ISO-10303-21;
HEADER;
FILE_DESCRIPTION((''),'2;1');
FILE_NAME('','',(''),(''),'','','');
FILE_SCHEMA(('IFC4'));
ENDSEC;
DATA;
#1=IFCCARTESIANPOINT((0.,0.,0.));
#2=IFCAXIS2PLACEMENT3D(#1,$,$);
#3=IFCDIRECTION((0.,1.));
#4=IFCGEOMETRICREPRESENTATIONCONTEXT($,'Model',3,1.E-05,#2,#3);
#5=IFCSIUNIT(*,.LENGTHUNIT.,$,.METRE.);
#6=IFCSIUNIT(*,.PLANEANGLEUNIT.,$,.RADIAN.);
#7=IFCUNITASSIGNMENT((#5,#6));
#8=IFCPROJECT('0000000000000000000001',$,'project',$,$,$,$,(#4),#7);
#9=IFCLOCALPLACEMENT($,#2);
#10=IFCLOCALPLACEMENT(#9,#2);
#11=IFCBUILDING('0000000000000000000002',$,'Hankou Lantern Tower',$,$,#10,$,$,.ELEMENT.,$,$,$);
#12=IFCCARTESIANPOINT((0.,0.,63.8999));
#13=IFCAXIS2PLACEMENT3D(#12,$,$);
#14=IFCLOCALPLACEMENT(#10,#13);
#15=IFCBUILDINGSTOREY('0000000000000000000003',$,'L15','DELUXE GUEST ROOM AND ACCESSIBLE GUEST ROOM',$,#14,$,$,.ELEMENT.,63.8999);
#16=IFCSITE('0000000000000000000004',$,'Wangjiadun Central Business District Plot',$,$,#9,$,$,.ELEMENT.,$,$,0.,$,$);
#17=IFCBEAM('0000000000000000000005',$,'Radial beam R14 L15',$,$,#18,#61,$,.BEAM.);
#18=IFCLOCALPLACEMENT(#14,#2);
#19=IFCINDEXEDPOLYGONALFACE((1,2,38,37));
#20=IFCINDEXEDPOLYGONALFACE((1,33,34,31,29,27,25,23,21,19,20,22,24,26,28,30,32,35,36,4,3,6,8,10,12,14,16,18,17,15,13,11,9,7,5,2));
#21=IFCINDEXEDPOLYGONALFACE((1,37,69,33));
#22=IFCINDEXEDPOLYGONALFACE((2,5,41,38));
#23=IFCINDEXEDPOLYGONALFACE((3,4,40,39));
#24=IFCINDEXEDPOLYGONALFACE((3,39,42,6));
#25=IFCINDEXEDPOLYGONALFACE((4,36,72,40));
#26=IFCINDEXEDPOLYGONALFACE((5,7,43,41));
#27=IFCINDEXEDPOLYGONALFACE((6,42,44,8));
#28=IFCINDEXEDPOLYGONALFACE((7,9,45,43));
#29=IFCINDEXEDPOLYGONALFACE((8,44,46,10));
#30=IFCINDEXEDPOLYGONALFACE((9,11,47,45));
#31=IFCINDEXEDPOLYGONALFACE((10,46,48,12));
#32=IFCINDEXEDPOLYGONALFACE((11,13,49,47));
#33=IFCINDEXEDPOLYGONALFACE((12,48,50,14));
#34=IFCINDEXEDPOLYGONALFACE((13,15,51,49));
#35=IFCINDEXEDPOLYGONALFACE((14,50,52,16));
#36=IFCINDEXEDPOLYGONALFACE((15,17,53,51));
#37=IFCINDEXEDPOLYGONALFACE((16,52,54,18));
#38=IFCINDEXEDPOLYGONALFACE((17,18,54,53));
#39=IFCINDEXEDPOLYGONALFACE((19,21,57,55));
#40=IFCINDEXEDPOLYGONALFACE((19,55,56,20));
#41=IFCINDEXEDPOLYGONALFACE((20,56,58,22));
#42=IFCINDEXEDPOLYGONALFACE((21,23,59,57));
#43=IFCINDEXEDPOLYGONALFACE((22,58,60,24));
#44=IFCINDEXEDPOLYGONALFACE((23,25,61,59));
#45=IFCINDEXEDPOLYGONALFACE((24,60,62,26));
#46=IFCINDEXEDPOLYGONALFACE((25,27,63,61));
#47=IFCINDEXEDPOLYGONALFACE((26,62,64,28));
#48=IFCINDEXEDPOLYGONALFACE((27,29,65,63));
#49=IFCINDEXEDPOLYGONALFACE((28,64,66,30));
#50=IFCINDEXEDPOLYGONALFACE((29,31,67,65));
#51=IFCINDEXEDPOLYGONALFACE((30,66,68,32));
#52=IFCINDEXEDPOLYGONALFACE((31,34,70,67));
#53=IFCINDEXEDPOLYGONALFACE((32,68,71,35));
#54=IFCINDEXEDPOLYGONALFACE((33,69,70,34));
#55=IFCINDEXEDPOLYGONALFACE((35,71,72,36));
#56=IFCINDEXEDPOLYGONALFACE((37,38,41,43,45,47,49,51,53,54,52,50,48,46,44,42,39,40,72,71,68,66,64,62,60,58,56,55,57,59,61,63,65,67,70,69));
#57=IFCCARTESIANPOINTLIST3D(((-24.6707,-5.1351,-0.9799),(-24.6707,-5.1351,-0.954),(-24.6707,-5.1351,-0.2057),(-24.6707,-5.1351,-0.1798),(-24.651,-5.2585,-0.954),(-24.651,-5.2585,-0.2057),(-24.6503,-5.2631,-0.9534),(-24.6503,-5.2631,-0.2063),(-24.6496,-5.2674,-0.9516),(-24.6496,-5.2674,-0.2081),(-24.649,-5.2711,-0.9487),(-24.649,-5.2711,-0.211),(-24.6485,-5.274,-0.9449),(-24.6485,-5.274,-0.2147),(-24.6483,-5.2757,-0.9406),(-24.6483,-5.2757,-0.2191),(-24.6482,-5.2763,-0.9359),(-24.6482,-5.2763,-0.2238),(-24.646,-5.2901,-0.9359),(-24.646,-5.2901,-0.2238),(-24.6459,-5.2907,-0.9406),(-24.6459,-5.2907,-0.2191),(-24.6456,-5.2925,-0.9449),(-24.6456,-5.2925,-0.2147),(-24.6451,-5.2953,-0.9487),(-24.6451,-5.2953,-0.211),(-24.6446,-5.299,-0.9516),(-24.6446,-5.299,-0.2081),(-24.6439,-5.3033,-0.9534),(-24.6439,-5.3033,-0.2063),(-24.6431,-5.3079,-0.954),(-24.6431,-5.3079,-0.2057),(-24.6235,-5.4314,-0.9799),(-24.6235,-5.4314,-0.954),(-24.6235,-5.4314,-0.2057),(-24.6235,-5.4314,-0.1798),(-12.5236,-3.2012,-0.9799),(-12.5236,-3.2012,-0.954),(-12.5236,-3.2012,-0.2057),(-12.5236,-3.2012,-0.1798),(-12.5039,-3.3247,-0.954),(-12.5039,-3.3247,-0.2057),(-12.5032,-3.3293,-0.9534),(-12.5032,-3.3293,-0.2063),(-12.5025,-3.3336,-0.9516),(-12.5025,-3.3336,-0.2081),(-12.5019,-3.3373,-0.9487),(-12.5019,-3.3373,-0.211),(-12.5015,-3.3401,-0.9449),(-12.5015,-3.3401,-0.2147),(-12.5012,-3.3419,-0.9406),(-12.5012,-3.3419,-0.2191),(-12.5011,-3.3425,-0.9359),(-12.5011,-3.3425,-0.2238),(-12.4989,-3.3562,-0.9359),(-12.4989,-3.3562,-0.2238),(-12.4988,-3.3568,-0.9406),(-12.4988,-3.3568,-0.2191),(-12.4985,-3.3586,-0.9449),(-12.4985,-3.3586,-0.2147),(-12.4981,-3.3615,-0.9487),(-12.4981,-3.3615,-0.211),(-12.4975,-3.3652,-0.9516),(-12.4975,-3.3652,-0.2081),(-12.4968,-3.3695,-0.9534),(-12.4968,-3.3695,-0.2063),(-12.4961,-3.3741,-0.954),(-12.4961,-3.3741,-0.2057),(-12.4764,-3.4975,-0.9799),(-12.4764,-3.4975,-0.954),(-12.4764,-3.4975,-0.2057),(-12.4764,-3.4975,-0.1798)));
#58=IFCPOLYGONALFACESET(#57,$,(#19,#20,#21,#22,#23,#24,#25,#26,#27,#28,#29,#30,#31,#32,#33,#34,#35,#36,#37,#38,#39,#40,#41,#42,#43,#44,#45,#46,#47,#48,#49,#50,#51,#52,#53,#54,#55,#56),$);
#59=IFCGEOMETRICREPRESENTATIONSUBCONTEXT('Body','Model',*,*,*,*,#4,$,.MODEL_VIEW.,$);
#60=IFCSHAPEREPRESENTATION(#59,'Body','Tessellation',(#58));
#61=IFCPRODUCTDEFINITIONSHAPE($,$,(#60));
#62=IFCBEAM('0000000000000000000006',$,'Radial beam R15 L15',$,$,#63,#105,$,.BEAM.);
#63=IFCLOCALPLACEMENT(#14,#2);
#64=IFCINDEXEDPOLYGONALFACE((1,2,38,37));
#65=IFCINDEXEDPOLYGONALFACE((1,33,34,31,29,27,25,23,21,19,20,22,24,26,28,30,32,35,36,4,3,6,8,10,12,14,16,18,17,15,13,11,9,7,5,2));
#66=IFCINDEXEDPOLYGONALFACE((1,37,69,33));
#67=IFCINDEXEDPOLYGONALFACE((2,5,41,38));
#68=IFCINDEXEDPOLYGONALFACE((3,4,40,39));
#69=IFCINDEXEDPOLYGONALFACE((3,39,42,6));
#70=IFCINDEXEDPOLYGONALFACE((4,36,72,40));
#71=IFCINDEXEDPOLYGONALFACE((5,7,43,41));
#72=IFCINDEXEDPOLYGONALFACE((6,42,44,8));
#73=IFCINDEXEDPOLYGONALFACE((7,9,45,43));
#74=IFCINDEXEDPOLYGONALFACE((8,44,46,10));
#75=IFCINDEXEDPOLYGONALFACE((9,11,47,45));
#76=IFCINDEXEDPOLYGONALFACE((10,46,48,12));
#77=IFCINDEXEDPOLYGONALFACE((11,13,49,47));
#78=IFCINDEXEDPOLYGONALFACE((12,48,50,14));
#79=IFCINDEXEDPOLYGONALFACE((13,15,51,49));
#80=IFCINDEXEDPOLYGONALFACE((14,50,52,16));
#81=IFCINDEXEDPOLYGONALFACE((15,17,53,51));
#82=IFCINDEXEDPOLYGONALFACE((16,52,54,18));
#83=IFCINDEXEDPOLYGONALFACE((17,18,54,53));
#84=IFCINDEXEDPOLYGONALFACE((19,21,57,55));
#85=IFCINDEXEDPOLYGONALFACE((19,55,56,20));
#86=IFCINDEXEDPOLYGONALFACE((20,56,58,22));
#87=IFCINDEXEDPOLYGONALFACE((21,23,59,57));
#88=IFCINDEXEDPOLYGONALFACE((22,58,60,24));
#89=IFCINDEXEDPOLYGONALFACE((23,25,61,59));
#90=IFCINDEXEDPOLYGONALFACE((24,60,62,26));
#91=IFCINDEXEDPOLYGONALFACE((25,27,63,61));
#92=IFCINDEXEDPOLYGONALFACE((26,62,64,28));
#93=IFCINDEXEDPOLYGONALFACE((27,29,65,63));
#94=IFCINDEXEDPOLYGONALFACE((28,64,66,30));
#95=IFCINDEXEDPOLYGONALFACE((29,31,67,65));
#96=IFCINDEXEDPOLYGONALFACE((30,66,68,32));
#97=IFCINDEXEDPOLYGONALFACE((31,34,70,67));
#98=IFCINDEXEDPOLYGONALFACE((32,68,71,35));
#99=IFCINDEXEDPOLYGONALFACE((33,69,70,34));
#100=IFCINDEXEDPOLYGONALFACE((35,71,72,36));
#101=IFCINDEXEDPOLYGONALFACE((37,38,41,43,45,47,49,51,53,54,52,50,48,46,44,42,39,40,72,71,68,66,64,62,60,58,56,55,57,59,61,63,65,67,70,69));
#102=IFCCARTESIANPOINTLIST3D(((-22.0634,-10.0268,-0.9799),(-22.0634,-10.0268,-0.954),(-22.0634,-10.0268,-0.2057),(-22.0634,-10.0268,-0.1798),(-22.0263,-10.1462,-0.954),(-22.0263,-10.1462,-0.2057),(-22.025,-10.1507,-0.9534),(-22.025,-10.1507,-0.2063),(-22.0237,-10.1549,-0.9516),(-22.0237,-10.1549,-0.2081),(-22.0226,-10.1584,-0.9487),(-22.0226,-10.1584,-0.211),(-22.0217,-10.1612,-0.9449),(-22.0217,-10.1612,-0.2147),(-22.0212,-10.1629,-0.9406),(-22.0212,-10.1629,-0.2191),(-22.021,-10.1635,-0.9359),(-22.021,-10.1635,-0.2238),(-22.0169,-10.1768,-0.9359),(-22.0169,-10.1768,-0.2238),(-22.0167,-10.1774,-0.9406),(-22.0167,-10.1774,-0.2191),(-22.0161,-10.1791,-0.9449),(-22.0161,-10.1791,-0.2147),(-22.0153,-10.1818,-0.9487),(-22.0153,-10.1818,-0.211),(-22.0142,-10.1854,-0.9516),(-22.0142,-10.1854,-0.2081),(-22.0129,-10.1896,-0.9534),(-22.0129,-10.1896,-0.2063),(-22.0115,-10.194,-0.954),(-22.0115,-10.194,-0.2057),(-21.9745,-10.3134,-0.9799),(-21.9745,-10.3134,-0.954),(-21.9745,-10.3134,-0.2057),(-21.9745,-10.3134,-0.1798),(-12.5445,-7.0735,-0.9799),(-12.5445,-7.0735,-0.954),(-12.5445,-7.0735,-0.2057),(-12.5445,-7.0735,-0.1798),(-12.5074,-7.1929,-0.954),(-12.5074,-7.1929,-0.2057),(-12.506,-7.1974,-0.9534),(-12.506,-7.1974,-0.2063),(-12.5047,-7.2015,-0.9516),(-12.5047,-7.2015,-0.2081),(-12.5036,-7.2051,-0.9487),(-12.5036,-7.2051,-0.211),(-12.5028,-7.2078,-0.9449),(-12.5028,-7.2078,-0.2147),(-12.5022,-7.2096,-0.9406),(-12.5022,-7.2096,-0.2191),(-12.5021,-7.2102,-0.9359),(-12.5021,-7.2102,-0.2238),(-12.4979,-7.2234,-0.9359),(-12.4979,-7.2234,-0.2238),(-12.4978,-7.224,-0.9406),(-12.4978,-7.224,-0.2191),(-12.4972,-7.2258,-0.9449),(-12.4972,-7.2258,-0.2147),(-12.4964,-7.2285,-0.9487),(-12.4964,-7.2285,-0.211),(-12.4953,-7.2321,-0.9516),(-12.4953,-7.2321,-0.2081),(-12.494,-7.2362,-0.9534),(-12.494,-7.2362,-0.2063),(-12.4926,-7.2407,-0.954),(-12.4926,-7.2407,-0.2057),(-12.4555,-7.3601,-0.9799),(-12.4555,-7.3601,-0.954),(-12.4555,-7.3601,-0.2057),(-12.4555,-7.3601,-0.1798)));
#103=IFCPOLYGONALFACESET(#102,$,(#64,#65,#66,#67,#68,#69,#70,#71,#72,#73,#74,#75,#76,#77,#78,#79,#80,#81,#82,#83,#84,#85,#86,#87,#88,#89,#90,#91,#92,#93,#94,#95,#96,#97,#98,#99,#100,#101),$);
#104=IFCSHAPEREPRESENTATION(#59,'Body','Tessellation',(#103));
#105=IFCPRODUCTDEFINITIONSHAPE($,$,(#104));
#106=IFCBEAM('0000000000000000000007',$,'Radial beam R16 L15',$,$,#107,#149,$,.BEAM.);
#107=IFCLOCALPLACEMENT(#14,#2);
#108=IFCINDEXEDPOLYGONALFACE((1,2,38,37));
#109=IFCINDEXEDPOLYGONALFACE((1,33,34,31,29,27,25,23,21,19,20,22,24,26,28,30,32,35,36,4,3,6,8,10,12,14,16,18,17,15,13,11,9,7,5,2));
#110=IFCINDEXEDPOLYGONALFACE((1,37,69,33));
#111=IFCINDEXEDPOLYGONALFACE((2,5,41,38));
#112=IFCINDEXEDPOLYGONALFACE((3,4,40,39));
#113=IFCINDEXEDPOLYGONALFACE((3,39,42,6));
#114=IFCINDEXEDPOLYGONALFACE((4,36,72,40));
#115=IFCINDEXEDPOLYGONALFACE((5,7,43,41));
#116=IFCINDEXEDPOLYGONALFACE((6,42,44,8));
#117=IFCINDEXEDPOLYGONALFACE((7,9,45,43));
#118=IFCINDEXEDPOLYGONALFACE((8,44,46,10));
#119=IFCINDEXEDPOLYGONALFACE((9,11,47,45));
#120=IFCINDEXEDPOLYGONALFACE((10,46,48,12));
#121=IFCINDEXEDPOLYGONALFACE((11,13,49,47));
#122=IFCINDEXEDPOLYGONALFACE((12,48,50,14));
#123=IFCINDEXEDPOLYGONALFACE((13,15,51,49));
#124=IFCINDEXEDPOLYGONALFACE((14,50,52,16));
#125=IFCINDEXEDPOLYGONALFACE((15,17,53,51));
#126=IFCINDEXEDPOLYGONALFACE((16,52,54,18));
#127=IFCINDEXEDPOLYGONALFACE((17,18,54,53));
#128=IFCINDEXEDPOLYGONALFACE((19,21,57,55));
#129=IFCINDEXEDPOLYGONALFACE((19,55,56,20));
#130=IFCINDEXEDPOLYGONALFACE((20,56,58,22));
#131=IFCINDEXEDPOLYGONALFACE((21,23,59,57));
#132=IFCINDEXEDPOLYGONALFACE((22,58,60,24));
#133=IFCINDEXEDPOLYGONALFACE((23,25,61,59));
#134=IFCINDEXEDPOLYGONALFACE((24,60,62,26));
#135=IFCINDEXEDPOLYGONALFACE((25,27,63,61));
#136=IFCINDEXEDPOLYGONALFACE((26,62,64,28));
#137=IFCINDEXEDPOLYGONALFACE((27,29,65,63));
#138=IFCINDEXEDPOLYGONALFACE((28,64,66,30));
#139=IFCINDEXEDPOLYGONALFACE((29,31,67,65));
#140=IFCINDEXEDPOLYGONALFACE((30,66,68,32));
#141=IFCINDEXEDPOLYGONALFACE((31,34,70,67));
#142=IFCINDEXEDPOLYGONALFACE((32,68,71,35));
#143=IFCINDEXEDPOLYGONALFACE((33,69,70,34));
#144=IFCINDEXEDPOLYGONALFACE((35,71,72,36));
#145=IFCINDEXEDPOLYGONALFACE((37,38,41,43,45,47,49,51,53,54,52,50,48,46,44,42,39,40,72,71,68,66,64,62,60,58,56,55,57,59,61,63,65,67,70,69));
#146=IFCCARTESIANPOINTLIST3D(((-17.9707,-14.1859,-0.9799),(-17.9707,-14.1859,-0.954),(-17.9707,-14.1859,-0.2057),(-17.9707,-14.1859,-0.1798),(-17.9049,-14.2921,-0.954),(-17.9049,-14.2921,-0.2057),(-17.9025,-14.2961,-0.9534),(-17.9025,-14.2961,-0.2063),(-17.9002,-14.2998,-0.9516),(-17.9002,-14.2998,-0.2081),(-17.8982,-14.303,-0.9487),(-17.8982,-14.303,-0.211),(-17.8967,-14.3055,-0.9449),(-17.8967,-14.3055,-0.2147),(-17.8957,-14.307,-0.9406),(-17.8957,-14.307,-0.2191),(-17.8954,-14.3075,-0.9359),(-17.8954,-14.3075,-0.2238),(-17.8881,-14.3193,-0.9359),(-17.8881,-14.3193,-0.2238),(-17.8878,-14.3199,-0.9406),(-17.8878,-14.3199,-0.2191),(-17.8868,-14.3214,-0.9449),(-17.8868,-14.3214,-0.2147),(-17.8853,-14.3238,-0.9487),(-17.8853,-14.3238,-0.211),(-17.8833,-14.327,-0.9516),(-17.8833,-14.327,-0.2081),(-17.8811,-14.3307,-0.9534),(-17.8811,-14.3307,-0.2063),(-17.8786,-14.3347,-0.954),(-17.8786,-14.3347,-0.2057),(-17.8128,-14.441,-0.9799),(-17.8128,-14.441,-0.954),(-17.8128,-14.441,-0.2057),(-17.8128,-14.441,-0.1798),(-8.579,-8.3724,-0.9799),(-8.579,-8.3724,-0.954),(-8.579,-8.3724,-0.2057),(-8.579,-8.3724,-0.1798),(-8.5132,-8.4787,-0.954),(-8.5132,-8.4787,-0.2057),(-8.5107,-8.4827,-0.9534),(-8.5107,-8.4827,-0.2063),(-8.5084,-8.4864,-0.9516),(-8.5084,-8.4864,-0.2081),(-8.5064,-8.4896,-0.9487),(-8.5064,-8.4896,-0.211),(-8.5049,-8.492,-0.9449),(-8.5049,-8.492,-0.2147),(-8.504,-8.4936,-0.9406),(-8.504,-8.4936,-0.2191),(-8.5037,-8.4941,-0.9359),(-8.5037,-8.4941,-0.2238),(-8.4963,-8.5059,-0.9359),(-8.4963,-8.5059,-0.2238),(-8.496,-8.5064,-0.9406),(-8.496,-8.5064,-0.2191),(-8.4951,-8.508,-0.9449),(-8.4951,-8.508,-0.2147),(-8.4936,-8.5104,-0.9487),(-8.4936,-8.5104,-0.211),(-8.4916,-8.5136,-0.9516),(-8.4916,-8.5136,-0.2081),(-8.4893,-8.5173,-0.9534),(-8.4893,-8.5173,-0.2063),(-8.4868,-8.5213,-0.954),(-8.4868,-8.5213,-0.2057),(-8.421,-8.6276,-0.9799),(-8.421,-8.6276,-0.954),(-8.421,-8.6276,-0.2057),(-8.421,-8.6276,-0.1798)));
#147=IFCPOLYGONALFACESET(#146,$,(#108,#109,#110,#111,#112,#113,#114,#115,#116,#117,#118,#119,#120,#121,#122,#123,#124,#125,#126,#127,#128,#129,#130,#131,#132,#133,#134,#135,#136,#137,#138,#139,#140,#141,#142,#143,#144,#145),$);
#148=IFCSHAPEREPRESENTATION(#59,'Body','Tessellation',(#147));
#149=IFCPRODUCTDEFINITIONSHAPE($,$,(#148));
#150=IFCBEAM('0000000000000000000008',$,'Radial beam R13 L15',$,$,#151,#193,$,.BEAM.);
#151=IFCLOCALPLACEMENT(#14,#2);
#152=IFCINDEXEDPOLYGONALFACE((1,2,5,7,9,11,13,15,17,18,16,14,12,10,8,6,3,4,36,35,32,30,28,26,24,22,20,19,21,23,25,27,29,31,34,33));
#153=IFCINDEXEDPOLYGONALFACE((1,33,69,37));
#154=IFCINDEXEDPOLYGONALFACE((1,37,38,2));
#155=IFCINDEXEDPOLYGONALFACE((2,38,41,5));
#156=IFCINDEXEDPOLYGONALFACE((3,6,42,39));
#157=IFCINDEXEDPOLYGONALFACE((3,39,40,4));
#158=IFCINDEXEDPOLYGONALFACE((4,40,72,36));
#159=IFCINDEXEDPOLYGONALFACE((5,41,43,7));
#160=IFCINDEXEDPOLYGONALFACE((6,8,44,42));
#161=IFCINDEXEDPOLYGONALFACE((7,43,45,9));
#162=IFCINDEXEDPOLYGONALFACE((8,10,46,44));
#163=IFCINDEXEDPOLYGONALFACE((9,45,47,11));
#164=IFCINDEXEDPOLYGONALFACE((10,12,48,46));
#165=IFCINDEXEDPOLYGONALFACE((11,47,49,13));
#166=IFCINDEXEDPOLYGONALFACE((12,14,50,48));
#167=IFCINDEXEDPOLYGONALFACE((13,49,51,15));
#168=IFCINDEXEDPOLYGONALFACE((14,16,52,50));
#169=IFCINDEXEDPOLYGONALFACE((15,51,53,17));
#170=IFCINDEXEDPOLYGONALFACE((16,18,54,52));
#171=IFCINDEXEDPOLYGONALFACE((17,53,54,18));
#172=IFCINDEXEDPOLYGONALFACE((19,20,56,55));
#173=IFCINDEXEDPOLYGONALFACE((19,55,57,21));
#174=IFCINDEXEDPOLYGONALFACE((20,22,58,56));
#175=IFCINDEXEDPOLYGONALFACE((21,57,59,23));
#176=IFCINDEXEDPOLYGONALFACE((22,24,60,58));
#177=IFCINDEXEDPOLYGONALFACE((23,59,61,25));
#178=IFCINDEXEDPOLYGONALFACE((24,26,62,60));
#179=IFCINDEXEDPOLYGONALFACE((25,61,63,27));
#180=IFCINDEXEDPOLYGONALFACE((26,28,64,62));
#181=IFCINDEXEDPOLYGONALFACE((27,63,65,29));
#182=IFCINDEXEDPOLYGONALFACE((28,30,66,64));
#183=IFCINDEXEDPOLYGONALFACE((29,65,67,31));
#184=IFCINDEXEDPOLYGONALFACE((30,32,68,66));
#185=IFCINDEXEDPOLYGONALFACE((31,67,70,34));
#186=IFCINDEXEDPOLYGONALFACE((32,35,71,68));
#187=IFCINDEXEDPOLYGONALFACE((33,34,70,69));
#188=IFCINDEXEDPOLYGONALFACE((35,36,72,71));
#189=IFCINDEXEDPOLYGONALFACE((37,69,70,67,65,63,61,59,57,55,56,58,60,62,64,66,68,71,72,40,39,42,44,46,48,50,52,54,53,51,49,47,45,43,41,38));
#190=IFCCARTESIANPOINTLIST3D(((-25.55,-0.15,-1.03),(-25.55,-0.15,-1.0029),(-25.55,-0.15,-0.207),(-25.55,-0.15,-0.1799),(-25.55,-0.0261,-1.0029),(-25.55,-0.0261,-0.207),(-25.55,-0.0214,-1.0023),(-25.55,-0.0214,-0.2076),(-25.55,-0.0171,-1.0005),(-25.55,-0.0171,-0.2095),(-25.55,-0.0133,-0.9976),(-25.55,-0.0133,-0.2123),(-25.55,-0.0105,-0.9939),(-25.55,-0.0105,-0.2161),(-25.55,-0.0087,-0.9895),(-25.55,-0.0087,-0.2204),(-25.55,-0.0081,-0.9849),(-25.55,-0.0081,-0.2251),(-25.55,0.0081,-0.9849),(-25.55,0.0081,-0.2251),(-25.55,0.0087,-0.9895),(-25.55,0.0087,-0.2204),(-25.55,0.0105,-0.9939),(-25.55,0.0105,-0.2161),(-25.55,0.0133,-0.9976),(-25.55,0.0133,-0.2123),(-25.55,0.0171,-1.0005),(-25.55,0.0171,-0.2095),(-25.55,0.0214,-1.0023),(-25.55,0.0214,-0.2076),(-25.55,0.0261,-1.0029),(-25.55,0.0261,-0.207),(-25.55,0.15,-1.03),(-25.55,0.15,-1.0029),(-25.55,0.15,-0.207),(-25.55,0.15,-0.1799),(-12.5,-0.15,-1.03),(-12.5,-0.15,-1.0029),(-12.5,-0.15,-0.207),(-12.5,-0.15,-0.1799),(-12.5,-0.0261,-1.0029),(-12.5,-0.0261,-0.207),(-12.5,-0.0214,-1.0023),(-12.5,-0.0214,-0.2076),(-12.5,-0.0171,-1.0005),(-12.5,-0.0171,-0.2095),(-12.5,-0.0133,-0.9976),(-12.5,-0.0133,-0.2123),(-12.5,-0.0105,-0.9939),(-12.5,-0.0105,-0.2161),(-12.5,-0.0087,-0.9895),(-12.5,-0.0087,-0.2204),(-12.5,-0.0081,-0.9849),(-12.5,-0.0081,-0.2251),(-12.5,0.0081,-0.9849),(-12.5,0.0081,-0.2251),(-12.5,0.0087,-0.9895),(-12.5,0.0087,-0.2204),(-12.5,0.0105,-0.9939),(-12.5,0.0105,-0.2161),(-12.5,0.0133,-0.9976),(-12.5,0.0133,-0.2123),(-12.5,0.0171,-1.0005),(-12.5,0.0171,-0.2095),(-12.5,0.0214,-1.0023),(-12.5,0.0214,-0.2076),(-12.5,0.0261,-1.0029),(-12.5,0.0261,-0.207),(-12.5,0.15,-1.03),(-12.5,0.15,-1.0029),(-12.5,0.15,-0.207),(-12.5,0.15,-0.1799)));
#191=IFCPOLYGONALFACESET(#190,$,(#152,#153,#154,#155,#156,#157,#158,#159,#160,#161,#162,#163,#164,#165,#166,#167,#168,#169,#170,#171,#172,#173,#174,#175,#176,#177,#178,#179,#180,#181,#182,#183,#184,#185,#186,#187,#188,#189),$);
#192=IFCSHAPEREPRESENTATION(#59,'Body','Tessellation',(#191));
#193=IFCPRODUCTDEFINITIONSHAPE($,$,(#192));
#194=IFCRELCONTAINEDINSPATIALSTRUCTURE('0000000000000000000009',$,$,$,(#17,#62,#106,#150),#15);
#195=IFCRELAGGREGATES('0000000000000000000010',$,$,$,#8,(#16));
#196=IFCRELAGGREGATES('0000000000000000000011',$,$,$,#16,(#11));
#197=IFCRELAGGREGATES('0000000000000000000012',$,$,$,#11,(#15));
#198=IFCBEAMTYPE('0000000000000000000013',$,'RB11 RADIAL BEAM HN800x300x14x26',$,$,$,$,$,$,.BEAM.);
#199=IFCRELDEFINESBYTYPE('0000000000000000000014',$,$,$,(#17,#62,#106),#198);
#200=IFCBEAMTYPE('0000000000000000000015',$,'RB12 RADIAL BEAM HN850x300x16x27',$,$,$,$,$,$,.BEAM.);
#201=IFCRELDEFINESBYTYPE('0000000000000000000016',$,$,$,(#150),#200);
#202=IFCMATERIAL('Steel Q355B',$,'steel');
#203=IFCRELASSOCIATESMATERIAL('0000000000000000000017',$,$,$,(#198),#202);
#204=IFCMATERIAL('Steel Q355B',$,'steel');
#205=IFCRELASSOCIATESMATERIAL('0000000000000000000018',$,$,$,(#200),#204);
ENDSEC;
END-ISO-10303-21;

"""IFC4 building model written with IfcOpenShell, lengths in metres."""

from ifc_helpers import new_model, si_unit, direction, frame, origin, origin_2d, place, context, subcontext, project, spatial, i_section, extrude, material, material_profile, profile_set, type_object, element, save


model = new_model("IFC4")

# Units and contexts
model_context = context("Model", 3, precision=1e-05, world=origin(), true_north=direction((0.0, 1.0)))
body_context = subcontext(model_context, "Body", "Model", "MODEL_VIEW")
ifc_project = project(units=[si_unit("LENGTHUNIT", "METRE"), si_unit("PLANEANGLEUNIT", "RADIAN")], contexts=[model_context])

# Site, building, storey
site_placement = place(None, origin())
site = spatial("IfcSite", under=ifc_project, at=site_placement, Name="Wangjiadun Central Business District Plot", CompositionType="ELEMENT", RefElevation=0.0)
building_placement = place(site_placement, origin())
building = spatial("IfcBuilding", under=site, at=building_placement, Name="Hankou Lantern Tower", CompositionType="ELEMENT")
storey_placement = place(building_placement, frame((0.0, 0.0, 63.8999)))
storey = spatial("IfcBuildingStorey", under=building, at=storey_placement, Name="L15", Description="DELUXE GUEST ROOM AND ACCESSIBLE GUEST ROOM", CompositionType="ELEMENT", Elevation=63.8999)

# Beams
ifc_material_1 = material(Name="Steel Q355B", Category="steel")
ifc_material_profile_1 = material_profile(ifc_material_1, i_section(OverallWidth=0.3, OverallDepth=0.8, WebThickness=0.0139, FlangeThickness=0.0259, FilletRadius=0.0181, at=origin_2d()), Name="HN800x300x14x26")
ifc_profile_set_1 = profile_set([ifc_material_profile_1], Name="Steel Q355B")
beam_type_1 = type_object("IfcBeamType", Name="RB11 RADIAL BEAM HN800x300x14x26", PredefinedType="BEAM", material=ifc_profile_set_1)
beam_1_placement = place(storey_placement, frame((-12.5, -3.3494, -0.5798), z_axis=(-0.987563, -0.157223, 0.0), x_axis=(0.157223, -0.987563, 0.0)))
element("IfcBeam", 1, at=beam_1_placement, inside=storey, type_object=beam_type_1, Name="Radial beam R14 L15", PredefinedType="BEAM", context=body_context, shape_type="SweptSolid", body=[
    extrude(i_section(OverallWidth=0.3, OverallDepth=0.8, WebThickness=0.0139, FlangeThickness=0.0259, FilletRadius=0.0181, at=origin_2d()), origin(), (0.0, 0.0, 1.0), 12.3),
])
beam_2_placement = place(storey_placement, frame((-12.5, -7.2168, -0.5798), z_axis=(-0.955087, -0.296324, 0.0), x_axis=(0.296324, -0.955087, 0.0)))
element("IfcBeam", 2, at=beam_2_placement, inside=storey, type_object=beam_type_1, Name="Radial beam R15 L15", PredefinedType="BEAM", context=body_context, shape_type="SweptSolid", body=[
    extrude(i_section(OverallWidth=0.3, OverallDepth=0.8, WebThickness=0.0139, FlangeThickness=0.0259, FilletRadius=0.0181, at=origin_2d()), origin(), (0.0, 0.0, 1.0), 9.9666),
])
beam_3_placement = place(storey_placement, frame((-8.5, -8.5, -0.5798), z_axis=(-0.850286, -0.52632, 0.0), x_axis=(0.52632, -0.850286, 0.0)))
element("IfcBeam", 3, at=beam_3_placement, inside=storey, type_object=beam_type_1, Name="Radial beam R16 L15", PredefinedType="BEAM", context=body_context, shape_type="SweptSolid", body=[
    extrude(i_section(OverallWidth=0.3, OverallDepth=0.8, WebThickness=0.0139, FlangeThickness=0.0259, FilletRadius=0.0181, at=origin_2d()), origin(), (0.0, 0.0, 1.0), 11.0454),
])
ifc_material_2 = material(Name="Steel Q355B", Category="steel")
ifc_material_profile_2 = material_profile(ifc_material_2, i_section(OverallWidth=0.3, OverallDepth=0.8501, WebThickness=0.0161, FlangeThickness=0.0271, FilletRadius=0.0181, at=origin_2d()), Name="HN850x300x16x27")
ifc_profile_set_2 = profile_set([ifc_material_profile_2], Name="Steel Q355B")
beam_type_2 = type_object("IfcBeamType", Name="RB12 RADIAL BEAM HN850x300x16x27", PredefinedType="BEAM", material=ifc_profile_set_2)
beam_4_placement = place(storey_placement, frame((-12.5, 0.0, -0.605), z_axis=(-1.0, 0.0, 0.0), x_axis=(0.0, -1.0, 0.0)))
element("IfcBeam", 4, at=beam_4_placement, inside=storey, type_object=beam_type_2, Name="Radial beam R13 L15", PredefinedType="BEAM", context=body_context, shape_type="SweptSolid", body=[
    extrude(i_section(OverallWidth=0.3, OverallDepth=0.8501, WebThickness=0.0161, FlangeThickness=0.0271, FilletRadius=0.0181, at=origin_2d()), origin(), (0.0, 0.0, 1.0), 13.05),
])

save(model, "model.ifc")
